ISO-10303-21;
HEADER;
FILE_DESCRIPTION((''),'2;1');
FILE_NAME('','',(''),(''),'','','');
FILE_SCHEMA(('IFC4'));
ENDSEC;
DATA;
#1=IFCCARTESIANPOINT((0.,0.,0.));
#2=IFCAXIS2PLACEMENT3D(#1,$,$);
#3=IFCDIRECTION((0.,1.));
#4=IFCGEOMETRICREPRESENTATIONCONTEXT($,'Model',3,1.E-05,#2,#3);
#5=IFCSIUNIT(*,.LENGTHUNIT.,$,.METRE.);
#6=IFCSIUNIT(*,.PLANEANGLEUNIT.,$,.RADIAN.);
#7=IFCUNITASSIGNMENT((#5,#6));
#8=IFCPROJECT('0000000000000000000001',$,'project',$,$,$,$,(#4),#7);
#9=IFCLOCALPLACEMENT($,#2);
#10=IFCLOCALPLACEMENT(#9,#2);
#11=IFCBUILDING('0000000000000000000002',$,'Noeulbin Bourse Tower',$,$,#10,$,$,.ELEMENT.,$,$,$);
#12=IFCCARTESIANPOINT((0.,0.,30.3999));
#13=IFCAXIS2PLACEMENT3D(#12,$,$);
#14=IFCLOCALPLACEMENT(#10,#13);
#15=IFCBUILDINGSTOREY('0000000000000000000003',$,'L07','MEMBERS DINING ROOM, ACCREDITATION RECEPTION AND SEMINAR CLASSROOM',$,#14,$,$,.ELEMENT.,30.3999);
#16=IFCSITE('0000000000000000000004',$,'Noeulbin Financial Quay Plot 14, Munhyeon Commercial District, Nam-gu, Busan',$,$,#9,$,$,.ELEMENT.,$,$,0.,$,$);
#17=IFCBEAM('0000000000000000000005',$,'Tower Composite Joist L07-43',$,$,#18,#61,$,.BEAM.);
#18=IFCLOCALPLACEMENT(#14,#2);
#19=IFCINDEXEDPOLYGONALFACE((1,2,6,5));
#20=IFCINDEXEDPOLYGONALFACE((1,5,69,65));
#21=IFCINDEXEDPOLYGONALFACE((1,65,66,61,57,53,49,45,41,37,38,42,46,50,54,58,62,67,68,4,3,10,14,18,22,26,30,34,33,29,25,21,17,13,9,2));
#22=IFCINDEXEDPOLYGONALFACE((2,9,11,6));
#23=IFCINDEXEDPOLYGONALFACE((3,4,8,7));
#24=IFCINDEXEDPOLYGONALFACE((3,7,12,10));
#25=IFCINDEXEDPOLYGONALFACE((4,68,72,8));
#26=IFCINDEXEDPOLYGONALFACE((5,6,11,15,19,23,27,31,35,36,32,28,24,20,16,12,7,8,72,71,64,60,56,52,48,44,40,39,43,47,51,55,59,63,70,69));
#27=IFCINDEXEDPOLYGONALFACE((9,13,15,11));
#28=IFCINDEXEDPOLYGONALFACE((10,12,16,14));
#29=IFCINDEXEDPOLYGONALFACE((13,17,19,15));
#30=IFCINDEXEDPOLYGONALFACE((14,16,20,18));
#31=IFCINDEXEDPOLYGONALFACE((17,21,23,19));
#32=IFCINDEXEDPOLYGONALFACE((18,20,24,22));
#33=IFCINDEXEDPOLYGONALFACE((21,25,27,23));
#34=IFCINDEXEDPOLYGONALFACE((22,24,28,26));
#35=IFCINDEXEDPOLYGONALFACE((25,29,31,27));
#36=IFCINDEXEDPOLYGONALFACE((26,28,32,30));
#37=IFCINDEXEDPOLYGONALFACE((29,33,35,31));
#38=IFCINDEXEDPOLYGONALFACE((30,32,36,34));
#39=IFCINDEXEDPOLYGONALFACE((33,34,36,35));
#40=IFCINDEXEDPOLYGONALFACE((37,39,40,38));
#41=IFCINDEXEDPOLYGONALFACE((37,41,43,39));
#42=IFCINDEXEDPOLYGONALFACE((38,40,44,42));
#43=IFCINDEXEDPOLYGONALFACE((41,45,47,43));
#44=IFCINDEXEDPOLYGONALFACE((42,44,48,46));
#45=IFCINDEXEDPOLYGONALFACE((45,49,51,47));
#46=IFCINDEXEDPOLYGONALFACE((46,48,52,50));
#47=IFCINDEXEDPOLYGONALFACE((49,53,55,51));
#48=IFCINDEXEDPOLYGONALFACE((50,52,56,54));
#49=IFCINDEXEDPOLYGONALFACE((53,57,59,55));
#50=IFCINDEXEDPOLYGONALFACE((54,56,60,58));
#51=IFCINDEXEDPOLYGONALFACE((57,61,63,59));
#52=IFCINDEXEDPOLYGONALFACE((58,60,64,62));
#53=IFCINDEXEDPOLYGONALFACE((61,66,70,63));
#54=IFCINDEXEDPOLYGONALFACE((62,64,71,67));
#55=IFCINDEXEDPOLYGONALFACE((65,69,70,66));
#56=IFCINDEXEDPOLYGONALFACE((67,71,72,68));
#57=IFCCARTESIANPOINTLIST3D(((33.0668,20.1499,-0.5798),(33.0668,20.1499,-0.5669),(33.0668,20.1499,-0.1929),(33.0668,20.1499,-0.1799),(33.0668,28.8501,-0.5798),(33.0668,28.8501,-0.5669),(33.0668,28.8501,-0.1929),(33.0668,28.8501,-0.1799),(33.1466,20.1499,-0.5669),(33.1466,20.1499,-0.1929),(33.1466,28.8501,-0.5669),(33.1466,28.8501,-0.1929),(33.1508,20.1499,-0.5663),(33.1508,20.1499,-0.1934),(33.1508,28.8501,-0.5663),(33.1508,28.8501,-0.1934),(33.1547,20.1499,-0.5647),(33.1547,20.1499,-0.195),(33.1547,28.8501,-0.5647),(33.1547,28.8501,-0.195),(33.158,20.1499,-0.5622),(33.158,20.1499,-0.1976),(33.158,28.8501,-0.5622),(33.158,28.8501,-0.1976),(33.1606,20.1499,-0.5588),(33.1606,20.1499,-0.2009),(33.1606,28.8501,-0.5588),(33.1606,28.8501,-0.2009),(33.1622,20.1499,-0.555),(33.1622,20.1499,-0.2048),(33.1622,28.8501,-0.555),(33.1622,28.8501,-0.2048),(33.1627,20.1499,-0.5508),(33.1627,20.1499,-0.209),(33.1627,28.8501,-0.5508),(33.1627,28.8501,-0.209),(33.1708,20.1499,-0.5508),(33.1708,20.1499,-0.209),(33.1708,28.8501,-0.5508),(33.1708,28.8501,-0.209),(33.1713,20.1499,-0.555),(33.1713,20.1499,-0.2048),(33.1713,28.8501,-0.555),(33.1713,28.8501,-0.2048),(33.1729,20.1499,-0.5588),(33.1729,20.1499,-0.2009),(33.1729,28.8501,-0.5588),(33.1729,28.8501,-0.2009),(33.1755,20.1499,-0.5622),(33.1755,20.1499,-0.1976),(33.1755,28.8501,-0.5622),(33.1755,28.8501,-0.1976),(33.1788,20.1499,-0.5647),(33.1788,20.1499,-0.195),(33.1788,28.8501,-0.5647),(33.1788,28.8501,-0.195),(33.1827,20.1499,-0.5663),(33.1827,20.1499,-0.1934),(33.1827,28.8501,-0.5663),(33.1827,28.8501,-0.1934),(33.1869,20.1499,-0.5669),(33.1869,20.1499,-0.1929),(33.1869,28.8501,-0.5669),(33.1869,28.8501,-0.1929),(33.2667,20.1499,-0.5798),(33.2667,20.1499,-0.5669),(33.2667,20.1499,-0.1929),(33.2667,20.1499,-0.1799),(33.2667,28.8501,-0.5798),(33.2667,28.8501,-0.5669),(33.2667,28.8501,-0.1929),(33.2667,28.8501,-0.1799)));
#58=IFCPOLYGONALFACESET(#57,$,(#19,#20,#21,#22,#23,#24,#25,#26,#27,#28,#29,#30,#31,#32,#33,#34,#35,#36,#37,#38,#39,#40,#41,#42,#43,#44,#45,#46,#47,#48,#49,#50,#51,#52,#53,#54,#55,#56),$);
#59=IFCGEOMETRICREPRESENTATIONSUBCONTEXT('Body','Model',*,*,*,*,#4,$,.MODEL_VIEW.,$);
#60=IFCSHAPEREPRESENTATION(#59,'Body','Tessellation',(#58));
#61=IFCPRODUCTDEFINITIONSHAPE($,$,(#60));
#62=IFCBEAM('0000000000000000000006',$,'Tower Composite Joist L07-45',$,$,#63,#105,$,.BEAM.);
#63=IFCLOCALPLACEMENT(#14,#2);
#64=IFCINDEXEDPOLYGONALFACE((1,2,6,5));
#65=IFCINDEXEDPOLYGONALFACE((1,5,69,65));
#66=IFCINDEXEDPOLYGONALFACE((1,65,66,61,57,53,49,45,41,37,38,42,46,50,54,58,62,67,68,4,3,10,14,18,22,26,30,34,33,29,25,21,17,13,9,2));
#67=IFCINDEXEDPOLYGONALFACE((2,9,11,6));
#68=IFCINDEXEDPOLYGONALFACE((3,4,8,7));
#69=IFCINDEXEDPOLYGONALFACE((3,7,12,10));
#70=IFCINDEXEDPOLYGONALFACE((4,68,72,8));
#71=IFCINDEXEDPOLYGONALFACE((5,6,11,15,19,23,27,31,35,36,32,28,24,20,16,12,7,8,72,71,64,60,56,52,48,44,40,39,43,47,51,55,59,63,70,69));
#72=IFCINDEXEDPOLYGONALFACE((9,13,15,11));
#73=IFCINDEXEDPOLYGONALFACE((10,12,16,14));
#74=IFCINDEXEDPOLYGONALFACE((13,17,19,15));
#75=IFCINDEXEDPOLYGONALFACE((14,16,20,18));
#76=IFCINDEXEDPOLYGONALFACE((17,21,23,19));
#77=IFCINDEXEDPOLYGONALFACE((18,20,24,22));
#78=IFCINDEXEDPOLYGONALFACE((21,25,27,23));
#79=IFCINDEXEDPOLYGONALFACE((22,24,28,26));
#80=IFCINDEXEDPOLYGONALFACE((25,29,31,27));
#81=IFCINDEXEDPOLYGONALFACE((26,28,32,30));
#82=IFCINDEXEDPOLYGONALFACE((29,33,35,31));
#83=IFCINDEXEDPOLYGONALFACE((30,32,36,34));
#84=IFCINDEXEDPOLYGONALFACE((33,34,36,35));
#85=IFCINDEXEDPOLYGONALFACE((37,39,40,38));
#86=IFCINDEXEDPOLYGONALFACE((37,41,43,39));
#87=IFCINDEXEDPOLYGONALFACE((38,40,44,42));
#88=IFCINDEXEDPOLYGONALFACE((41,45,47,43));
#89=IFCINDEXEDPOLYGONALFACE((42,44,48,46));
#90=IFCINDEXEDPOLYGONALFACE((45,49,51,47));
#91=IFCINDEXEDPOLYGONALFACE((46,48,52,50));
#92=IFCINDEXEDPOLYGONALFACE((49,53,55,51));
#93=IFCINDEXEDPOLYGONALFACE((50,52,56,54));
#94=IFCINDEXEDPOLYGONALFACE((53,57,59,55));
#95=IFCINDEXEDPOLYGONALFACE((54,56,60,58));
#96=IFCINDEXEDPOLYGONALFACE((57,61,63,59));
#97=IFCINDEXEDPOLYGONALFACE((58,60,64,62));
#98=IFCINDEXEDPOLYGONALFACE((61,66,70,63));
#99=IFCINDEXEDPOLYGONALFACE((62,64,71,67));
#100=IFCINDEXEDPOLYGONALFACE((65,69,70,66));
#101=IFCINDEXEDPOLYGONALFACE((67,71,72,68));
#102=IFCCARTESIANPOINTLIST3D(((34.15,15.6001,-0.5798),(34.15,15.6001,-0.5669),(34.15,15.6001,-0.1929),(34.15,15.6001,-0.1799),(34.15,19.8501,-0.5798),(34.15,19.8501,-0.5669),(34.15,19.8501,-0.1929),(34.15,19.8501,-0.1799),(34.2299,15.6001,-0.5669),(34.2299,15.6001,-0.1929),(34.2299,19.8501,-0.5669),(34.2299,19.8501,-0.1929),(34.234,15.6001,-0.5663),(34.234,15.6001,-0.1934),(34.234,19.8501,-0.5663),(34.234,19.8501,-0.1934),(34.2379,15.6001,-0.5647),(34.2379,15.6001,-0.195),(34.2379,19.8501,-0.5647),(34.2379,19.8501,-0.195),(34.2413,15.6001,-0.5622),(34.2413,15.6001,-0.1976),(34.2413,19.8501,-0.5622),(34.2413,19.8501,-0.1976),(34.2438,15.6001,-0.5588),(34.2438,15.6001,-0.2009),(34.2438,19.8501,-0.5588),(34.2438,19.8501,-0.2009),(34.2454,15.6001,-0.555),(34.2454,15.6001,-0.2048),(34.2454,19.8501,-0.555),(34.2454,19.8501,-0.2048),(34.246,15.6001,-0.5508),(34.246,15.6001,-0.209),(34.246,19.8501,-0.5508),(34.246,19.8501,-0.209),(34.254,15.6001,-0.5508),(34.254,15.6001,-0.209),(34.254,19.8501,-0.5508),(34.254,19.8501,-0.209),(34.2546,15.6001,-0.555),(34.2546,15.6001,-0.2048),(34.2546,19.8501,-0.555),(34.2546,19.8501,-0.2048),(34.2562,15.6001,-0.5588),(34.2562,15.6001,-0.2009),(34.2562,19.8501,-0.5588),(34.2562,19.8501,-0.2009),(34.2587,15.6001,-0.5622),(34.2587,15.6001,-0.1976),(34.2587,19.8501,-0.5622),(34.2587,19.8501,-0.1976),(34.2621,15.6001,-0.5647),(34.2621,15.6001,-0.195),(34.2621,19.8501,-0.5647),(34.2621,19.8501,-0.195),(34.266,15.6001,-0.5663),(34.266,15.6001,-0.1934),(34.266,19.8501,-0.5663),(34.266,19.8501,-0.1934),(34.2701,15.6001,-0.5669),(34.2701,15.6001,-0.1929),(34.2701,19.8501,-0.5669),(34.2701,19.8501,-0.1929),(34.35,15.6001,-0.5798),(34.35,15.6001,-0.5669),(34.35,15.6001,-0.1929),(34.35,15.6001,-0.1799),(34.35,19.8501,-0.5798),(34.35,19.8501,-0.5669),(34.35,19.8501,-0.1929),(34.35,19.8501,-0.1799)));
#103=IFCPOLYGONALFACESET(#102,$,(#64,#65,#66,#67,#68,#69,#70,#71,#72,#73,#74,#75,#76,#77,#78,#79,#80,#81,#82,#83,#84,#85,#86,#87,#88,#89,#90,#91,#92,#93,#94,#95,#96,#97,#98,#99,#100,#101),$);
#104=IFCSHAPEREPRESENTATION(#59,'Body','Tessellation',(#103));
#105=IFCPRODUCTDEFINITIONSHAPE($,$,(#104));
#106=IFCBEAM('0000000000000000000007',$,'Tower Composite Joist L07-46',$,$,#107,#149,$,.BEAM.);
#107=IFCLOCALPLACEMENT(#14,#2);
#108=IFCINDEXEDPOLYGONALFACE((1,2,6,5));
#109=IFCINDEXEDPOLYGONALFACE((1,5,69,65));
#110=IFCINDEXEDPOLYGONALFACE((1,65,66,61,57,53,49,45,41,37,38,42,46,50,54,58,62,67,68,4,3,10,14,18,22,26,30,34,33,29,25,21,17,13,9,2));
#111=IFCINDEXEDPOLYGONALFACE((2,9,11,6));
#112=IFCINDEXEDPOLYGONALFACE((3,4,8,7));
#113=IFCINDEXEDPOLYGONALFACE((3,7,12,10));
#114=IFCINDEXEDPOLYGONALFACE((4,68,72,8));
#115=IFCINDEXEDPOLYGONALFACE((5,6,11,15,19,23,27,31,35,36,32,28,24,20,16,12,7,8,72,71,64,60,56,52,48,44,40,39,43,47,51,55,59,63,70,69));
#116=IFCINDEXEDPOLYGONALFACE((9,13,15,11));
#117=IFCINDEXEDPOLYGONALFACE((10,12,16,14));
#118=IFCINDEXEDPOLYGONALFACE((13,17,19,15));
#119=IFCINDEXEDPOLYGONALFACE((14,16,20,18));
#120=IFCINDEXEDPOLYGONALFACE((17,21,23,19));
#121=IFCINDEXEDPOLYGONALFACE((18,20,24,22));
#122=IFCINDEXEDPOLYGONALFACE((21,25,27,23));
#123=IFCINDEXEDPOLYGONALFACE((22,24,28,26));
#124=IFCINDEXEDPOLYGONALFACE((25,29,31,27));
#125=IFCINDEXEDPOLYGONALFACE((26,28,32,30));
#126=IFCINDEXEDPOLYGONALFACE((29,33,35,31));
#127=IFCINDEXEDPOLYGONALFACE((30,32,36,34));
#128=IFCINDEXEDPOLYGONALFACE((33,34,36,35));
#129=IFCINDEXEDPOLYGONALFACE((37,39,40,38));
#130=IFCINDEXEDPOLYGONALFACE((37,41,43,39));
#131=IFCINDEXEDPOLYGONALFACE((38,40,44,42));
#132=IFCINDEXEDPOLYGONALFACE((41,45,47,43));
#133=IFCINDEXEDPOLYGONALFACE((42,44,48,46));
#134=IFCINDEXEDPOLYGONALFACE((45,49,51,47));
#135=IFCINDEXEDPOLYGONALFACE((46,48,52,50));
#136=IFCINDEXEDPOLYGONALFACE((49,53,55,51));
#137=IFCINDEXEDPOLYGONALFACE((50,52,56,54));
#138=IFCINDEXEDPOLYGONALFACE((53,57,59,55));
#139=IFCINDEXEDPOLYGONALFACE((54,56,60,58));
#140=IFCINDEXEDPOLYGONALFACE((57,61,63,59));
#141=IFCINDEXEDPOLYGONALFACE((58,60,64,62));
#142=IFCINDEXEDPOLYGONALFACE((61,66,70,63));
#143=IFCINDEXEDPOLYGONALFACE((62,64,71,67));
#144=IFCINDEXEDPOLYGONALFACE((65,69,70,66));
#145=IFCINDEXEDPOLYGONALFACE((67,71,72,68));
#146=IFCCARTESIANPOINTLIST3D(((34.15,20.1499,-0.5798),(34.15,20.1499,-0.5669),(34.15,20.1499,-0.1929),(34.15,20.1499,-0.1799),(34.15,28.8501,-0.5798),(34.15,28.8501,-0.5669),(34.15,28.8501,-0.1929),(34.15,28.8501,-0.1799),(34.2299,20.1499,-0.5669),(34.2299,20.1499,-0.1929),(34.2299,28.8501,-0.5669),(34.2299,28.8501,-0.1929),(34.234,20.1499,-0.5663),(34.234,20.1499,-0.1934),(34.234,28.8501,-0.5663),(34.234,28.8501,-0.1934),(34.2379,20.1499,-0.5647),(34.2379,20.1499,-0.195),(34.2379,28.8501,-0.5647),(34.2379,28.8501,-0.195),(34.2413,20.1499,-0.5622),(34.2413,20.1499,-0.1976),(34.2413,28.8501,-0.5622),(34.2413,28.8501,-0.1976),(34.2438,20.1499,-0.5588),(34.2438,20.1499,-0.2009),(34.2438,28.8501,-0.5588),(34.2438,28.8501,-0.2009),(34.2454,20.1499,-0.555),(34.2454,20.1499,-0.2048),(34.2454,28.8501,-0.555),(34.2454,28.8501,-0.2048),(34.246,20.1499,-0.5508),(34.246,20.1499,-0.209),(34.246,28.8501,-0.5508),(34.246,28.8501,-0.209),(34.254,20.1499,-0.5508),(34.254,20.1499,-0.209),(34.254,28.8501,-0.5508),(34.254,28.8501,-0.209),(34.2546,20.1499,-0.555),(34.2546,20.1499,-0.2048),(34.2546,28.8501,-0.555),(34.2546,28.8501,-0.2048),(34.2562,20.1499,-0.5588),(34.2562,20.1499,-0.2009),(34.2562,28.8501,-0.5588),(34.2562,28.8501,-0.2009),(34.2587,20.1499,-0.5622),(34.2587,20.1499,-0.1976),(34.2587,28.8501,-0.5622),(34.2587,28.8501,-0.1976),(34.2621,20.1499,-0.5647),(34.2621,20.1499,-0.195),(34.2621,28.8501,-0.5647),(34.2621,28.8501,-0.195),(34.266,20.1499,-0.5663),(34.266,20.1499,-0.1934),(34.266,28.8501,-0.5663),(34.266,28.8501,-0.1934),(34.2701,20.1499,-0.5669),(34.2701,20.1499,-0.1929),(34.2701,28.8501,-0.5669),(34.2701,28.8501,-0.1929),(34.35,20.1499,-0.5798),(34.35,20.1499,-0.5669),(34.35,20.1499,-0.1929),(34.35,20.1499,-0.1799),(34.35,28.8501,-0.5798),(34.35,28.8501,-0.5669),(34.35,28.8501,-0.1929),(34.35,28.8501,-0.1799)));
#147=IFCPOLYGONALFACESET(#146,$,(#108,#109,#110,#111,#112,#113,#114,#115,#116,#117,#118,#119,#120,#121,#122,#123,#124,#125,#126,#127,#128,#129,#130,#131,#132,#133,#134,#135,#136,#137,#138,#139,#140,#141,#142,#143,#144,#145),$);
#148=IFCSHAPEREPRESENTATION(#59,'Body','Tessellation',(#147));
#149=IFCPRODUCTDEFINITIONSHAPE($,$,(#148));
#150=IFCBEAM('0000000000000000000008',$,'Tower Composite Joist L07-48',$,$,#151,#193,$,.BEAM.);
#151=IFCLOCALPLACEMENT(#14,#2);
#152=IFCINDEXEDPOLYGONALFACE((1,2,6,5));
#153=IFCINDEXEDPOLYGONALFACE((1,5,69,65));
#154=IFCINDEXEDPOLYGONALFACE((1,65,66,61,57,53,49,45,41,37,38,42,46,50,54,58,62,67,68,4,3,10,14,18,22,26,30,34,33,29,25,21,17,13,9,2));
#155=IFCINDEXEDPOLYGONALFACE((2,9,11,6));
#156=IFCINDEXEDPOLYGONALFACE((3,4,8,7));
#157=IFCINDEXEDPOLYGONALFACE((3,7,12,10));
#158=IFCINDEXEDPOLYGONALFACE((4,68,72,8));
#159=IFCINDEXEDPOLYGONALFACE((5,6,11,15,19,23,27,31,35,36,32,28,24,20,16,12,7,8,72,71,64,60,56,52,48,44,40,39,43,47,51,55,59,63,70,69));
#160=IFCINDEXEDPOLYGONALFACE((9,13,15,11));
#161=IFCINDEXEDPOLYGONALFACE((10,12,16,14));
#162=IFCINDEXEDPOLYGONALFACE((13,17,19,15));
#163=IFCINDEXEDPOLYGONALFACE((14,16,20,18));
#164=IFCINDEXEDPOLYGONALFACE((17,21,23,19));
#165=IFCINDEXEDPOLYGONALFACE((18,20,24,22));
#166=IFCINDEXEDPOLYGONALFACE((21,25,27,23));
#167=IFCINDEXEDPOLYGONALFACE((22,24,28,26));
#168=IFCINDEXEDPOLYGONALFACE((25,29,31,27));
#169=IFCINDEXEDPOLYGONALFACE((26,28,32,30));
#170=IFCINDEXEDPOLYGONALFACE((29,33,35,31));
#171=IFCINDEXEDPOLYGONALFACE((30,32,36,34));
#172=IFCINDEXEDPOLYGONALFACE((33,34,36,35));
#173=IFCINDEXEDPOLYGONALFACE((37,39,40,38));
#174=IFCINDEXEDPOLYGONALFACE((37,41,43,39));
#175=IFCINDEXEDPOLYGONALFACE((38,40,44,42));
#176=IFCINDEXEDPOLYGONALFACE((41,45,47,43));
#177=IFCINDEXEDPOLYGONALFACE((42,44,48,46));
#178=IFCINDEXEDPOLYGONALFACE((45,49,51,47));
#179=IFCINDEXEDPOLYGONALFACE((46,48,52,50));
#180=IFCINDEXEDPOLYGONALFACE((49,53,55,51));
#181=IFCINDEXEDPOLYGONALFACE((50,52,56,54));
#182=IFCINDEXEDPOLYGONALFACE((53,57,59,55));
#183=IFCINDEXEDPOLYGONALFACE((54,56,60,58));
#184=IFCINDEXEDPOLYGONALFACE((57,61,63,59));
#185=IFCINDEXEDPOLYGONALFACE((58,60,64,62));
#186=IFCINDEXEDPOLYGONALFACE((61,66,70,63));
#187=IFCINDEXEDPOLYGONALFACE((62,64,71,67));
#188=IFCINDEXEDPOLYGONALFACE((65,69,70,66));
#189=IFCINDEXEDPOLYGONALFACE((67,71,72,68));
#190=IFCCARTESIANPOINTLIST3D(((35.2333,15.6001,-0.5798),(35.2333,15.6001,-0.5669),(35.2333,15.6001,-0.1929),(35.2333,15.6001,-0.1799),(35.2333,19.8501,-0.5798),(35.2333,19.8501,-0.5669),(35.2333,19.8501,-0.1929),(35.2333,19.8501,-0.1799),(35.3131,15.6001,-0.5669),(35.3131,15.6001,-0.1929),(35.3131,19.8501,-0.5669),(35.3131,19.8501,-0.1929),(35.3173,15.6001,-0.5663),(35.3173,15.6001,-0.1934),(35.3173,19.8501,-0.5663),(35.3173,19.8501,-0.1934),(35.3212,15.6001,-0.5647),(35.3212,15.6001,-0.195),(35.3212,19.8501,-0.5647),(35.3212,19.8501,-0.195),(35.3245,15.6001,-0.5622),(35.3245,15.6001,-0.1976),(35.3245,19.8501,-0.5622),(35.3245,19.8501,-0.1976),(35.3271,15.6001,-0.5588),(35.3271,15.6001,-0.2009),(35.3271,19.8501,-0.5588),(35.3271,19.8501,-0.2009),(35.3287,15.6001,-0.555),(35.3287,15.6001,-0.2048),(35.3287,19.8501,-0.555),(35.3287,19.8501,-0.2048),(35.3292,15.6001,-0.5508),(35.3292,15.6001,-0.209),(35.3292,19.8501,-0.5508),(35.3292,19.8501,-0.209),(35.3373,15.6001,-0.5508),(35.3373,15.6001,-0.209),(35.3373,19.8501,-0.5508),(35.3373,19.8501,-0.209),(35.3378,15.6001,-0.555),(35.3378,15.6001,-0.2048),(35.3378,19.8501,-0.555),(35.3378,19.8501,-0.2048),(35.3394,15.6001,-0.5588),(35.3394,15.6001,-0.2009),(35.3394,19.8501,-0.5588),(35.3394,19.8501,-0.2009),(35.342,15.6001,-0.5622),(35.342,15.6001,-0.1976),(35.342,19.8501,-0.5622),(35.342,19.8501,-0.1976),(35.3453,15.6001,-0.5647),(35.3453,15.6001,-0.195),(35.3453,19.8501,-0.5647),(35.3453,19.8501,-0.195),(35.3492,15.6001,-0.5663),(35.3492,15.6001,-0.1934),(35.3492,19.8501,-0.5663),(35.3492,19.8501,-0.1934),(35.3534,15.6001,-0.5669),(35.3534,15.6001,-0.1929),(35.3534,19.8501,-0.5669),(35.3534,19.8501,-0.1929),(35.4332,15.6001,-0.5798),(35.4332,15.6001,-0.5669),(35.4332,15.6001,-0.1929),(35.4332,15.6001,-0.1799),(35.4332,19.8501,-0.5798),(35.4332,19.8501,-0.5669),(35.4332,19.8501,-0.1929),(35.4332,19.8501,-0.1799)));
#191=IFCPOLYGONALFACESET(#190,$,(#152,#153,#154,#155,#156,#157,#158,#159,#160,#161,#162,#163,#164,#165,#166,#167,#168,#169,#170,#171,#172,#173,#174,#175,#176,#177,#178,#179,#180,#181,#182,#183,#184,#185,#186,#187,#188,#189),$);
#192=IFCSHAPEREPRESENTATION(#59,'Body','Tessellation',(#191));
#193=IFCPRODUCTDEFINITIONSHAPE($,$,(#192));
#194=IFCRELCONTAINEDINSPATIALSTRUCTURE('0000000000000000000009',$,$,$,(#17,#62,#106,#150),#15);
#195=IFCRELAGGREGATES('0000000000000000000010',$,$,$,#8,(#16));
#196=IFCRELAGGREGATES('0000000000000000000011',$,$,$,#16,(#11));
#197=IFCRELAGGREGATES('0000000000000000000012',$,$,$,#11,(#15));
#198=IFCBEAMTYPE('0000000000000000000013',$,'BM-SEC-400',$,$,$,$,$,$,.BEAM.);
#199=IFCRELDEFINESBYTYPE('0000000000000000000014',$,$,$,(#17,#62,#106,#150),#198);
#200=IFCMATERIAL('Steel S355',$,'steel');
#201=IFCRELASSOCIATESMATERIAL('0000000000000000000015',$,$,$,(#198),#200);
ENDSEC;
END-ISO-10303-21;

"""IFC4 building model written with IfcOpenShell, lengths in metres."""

from ifc_helpers import new_model, si_unit, direction, frame, origin, origin_2d, place, context, subcontext, project, spatial, i_section, extrude, material, material_profile, profile_set, type_object, element, save


model = new_model("IFC4")

# Units and contexts
model_context = context("Model", 3, precision=1e-05, world=origin(), true_north=direction((0.0, 1.0)))
body_context = subcontext(model_context, "Body", "Model", "MODEL_VIEW")
ifc_project = project(units=[si_unit("LENGTHUNIT", "METRE"), si_unit("PLANEANGLEUNIT", "RADIAN")], contexts=[model_context])

# Site, building, storey
site_placement = place(None, origin())
site = spatial("IfcSite", under=ifc_project, at=site_placement, Name="Noeulbin Financial Quay Plot 14, Munhyeon Commercial District, Nam-gu, Busan", CompositionType="ELEMENT", RefElevation=0.0)
building_placement = place(site_placement, origin())
building = spatial("IfcBuilding", under=site, at=building_placement, Name="Noeulbin Bourse Tower", CompositionType="ELEMENT")
storey_placement = place(building_placement, frame((0.0, 0.0, 30.3999)))
storey = spatial("IfcBuildingStorey", under=building, at=storey_placement, Name="L07", Description="MEMBERS DINING ROOM, ACCREDITATION RECEPTION AND SEMINAR CLASSROOM", CompositionType="ELEMENT", Elevation=30.3999)

# Beams
ifc_material_1 = material(Name="Steel S355", Category="steel")
ifc_material_profile_1 = material_profile(ifc_material_1, i_section(OverallWidth=0.2, OverallDepth=0.3999, WebThickness=0.0081, FlangeThickness=0.0129, FilletRadius=0.0161, at=origin_2d()), Name="H-400x200x8x13", Category="LoadBearing")
ifc_profile_set_1 = profile_set([ifc_material_profile_1], Name="Steel S355")
beam_type_1 = type_object("IfcBeamType", Name="BM-SEC-400", PredefinedType="BEAM", material=ifc_profile_set_1)
for number, where, z_axis, x_axis, name in (
    (1, (33.1667, 20.1499, -0.3799), (0.0, 1.0, 0.0), (-1.0, 0.0, 0.0), "Tower Composite Joist L07-43"),
):
    element("IfcBeam", number, at=place(storey_placement, frame(where, z_axis=z_axis, x_axis=x_axis)), inside=storey, type_object=beam_type_1, Name=name, PredefinedType="BEAM", context=body_context, shape_type="SweptSolid", body=[
        extrude(i_section(OverallWidth=0.2, OverallDepth=0.3999, WebThickness=0.0081, FlangeThickness=0.0129, FilletRadius=0.0161, at=origin_2d()), origin(), (0.0, 0.0, 1.0), 8.7002),
    ])
beam_1_placement = place(storey_placement, frame((34.25, 15.6001, -0.3799), z_axis=(0.0, 1.0, 0.0), x_axis=(-1.0, 0.0, 0.0)))
element("IfcBeam", 2, at=beam_1_placement, inside=storey, type_object=beam_type_1, Name="Tower Composite Joist L07-45", PredefinedType="BEAM", context=body_context, shape_type="SweptSolid", body=[
    extrude(i_section(OverallWidth=0.2, OverallDepth=0.3999, WebThickness=0.0081, FlangeThickness=0.0129, FilletRadius=0.0161, at=origin_2d()), origin(), (0.0, 0.0, 1.0), 4.25),
])
beam_2_placement = place(storey_placement, frame((34.25, 20.1499, -0.3799), z_axis=(0.0, 1.0, 0.0), x_axis=(-1.0, 0.0, 0.0)))
element("IfcBeam", 3, at=beam_2_placement, inside=storey, type_object=beam_type_1, Name="Tower Composite Joist L07-46", PredefinedType="BEAM", context=body_context, shape_type="SweptSolid", body=[
    extrude(i_section(OverallWidth=0.2, OverallDepth=0.3999, WebThickness=0.0081, FlangeThickness=0.0129, FilletRadius=0.0161, at=origin_2d()), origin(), (0.0, 0.0, 1.0), 8.7002),
])
beam_3_placement = place(storey_placement, frame((35.3333, 15.6001, -0.3799), z_axis=(0.0, 1.0, 0.0), x_axis=(-1.0, 0.0, 0.0)))
element("IfcBeam", 4, at=beam_3_placement, inside=storey, type_object=beam_type_1, Name="Tower Composite Joist L07-48", PredefinedType="BEAM", context=body_context, shape_type="SweptSolid", body=[
    extrude(i_section(OverallWidth=0.2, OverallDepth=0.3999, WebThickness=0.0081, FlangeThickness=0.0129, FilletRadius=0.0161, at=origin_2d()), origin(), (0.0, 0.0, 1.0), 4.25),
])

save(model, "model.ifc")
